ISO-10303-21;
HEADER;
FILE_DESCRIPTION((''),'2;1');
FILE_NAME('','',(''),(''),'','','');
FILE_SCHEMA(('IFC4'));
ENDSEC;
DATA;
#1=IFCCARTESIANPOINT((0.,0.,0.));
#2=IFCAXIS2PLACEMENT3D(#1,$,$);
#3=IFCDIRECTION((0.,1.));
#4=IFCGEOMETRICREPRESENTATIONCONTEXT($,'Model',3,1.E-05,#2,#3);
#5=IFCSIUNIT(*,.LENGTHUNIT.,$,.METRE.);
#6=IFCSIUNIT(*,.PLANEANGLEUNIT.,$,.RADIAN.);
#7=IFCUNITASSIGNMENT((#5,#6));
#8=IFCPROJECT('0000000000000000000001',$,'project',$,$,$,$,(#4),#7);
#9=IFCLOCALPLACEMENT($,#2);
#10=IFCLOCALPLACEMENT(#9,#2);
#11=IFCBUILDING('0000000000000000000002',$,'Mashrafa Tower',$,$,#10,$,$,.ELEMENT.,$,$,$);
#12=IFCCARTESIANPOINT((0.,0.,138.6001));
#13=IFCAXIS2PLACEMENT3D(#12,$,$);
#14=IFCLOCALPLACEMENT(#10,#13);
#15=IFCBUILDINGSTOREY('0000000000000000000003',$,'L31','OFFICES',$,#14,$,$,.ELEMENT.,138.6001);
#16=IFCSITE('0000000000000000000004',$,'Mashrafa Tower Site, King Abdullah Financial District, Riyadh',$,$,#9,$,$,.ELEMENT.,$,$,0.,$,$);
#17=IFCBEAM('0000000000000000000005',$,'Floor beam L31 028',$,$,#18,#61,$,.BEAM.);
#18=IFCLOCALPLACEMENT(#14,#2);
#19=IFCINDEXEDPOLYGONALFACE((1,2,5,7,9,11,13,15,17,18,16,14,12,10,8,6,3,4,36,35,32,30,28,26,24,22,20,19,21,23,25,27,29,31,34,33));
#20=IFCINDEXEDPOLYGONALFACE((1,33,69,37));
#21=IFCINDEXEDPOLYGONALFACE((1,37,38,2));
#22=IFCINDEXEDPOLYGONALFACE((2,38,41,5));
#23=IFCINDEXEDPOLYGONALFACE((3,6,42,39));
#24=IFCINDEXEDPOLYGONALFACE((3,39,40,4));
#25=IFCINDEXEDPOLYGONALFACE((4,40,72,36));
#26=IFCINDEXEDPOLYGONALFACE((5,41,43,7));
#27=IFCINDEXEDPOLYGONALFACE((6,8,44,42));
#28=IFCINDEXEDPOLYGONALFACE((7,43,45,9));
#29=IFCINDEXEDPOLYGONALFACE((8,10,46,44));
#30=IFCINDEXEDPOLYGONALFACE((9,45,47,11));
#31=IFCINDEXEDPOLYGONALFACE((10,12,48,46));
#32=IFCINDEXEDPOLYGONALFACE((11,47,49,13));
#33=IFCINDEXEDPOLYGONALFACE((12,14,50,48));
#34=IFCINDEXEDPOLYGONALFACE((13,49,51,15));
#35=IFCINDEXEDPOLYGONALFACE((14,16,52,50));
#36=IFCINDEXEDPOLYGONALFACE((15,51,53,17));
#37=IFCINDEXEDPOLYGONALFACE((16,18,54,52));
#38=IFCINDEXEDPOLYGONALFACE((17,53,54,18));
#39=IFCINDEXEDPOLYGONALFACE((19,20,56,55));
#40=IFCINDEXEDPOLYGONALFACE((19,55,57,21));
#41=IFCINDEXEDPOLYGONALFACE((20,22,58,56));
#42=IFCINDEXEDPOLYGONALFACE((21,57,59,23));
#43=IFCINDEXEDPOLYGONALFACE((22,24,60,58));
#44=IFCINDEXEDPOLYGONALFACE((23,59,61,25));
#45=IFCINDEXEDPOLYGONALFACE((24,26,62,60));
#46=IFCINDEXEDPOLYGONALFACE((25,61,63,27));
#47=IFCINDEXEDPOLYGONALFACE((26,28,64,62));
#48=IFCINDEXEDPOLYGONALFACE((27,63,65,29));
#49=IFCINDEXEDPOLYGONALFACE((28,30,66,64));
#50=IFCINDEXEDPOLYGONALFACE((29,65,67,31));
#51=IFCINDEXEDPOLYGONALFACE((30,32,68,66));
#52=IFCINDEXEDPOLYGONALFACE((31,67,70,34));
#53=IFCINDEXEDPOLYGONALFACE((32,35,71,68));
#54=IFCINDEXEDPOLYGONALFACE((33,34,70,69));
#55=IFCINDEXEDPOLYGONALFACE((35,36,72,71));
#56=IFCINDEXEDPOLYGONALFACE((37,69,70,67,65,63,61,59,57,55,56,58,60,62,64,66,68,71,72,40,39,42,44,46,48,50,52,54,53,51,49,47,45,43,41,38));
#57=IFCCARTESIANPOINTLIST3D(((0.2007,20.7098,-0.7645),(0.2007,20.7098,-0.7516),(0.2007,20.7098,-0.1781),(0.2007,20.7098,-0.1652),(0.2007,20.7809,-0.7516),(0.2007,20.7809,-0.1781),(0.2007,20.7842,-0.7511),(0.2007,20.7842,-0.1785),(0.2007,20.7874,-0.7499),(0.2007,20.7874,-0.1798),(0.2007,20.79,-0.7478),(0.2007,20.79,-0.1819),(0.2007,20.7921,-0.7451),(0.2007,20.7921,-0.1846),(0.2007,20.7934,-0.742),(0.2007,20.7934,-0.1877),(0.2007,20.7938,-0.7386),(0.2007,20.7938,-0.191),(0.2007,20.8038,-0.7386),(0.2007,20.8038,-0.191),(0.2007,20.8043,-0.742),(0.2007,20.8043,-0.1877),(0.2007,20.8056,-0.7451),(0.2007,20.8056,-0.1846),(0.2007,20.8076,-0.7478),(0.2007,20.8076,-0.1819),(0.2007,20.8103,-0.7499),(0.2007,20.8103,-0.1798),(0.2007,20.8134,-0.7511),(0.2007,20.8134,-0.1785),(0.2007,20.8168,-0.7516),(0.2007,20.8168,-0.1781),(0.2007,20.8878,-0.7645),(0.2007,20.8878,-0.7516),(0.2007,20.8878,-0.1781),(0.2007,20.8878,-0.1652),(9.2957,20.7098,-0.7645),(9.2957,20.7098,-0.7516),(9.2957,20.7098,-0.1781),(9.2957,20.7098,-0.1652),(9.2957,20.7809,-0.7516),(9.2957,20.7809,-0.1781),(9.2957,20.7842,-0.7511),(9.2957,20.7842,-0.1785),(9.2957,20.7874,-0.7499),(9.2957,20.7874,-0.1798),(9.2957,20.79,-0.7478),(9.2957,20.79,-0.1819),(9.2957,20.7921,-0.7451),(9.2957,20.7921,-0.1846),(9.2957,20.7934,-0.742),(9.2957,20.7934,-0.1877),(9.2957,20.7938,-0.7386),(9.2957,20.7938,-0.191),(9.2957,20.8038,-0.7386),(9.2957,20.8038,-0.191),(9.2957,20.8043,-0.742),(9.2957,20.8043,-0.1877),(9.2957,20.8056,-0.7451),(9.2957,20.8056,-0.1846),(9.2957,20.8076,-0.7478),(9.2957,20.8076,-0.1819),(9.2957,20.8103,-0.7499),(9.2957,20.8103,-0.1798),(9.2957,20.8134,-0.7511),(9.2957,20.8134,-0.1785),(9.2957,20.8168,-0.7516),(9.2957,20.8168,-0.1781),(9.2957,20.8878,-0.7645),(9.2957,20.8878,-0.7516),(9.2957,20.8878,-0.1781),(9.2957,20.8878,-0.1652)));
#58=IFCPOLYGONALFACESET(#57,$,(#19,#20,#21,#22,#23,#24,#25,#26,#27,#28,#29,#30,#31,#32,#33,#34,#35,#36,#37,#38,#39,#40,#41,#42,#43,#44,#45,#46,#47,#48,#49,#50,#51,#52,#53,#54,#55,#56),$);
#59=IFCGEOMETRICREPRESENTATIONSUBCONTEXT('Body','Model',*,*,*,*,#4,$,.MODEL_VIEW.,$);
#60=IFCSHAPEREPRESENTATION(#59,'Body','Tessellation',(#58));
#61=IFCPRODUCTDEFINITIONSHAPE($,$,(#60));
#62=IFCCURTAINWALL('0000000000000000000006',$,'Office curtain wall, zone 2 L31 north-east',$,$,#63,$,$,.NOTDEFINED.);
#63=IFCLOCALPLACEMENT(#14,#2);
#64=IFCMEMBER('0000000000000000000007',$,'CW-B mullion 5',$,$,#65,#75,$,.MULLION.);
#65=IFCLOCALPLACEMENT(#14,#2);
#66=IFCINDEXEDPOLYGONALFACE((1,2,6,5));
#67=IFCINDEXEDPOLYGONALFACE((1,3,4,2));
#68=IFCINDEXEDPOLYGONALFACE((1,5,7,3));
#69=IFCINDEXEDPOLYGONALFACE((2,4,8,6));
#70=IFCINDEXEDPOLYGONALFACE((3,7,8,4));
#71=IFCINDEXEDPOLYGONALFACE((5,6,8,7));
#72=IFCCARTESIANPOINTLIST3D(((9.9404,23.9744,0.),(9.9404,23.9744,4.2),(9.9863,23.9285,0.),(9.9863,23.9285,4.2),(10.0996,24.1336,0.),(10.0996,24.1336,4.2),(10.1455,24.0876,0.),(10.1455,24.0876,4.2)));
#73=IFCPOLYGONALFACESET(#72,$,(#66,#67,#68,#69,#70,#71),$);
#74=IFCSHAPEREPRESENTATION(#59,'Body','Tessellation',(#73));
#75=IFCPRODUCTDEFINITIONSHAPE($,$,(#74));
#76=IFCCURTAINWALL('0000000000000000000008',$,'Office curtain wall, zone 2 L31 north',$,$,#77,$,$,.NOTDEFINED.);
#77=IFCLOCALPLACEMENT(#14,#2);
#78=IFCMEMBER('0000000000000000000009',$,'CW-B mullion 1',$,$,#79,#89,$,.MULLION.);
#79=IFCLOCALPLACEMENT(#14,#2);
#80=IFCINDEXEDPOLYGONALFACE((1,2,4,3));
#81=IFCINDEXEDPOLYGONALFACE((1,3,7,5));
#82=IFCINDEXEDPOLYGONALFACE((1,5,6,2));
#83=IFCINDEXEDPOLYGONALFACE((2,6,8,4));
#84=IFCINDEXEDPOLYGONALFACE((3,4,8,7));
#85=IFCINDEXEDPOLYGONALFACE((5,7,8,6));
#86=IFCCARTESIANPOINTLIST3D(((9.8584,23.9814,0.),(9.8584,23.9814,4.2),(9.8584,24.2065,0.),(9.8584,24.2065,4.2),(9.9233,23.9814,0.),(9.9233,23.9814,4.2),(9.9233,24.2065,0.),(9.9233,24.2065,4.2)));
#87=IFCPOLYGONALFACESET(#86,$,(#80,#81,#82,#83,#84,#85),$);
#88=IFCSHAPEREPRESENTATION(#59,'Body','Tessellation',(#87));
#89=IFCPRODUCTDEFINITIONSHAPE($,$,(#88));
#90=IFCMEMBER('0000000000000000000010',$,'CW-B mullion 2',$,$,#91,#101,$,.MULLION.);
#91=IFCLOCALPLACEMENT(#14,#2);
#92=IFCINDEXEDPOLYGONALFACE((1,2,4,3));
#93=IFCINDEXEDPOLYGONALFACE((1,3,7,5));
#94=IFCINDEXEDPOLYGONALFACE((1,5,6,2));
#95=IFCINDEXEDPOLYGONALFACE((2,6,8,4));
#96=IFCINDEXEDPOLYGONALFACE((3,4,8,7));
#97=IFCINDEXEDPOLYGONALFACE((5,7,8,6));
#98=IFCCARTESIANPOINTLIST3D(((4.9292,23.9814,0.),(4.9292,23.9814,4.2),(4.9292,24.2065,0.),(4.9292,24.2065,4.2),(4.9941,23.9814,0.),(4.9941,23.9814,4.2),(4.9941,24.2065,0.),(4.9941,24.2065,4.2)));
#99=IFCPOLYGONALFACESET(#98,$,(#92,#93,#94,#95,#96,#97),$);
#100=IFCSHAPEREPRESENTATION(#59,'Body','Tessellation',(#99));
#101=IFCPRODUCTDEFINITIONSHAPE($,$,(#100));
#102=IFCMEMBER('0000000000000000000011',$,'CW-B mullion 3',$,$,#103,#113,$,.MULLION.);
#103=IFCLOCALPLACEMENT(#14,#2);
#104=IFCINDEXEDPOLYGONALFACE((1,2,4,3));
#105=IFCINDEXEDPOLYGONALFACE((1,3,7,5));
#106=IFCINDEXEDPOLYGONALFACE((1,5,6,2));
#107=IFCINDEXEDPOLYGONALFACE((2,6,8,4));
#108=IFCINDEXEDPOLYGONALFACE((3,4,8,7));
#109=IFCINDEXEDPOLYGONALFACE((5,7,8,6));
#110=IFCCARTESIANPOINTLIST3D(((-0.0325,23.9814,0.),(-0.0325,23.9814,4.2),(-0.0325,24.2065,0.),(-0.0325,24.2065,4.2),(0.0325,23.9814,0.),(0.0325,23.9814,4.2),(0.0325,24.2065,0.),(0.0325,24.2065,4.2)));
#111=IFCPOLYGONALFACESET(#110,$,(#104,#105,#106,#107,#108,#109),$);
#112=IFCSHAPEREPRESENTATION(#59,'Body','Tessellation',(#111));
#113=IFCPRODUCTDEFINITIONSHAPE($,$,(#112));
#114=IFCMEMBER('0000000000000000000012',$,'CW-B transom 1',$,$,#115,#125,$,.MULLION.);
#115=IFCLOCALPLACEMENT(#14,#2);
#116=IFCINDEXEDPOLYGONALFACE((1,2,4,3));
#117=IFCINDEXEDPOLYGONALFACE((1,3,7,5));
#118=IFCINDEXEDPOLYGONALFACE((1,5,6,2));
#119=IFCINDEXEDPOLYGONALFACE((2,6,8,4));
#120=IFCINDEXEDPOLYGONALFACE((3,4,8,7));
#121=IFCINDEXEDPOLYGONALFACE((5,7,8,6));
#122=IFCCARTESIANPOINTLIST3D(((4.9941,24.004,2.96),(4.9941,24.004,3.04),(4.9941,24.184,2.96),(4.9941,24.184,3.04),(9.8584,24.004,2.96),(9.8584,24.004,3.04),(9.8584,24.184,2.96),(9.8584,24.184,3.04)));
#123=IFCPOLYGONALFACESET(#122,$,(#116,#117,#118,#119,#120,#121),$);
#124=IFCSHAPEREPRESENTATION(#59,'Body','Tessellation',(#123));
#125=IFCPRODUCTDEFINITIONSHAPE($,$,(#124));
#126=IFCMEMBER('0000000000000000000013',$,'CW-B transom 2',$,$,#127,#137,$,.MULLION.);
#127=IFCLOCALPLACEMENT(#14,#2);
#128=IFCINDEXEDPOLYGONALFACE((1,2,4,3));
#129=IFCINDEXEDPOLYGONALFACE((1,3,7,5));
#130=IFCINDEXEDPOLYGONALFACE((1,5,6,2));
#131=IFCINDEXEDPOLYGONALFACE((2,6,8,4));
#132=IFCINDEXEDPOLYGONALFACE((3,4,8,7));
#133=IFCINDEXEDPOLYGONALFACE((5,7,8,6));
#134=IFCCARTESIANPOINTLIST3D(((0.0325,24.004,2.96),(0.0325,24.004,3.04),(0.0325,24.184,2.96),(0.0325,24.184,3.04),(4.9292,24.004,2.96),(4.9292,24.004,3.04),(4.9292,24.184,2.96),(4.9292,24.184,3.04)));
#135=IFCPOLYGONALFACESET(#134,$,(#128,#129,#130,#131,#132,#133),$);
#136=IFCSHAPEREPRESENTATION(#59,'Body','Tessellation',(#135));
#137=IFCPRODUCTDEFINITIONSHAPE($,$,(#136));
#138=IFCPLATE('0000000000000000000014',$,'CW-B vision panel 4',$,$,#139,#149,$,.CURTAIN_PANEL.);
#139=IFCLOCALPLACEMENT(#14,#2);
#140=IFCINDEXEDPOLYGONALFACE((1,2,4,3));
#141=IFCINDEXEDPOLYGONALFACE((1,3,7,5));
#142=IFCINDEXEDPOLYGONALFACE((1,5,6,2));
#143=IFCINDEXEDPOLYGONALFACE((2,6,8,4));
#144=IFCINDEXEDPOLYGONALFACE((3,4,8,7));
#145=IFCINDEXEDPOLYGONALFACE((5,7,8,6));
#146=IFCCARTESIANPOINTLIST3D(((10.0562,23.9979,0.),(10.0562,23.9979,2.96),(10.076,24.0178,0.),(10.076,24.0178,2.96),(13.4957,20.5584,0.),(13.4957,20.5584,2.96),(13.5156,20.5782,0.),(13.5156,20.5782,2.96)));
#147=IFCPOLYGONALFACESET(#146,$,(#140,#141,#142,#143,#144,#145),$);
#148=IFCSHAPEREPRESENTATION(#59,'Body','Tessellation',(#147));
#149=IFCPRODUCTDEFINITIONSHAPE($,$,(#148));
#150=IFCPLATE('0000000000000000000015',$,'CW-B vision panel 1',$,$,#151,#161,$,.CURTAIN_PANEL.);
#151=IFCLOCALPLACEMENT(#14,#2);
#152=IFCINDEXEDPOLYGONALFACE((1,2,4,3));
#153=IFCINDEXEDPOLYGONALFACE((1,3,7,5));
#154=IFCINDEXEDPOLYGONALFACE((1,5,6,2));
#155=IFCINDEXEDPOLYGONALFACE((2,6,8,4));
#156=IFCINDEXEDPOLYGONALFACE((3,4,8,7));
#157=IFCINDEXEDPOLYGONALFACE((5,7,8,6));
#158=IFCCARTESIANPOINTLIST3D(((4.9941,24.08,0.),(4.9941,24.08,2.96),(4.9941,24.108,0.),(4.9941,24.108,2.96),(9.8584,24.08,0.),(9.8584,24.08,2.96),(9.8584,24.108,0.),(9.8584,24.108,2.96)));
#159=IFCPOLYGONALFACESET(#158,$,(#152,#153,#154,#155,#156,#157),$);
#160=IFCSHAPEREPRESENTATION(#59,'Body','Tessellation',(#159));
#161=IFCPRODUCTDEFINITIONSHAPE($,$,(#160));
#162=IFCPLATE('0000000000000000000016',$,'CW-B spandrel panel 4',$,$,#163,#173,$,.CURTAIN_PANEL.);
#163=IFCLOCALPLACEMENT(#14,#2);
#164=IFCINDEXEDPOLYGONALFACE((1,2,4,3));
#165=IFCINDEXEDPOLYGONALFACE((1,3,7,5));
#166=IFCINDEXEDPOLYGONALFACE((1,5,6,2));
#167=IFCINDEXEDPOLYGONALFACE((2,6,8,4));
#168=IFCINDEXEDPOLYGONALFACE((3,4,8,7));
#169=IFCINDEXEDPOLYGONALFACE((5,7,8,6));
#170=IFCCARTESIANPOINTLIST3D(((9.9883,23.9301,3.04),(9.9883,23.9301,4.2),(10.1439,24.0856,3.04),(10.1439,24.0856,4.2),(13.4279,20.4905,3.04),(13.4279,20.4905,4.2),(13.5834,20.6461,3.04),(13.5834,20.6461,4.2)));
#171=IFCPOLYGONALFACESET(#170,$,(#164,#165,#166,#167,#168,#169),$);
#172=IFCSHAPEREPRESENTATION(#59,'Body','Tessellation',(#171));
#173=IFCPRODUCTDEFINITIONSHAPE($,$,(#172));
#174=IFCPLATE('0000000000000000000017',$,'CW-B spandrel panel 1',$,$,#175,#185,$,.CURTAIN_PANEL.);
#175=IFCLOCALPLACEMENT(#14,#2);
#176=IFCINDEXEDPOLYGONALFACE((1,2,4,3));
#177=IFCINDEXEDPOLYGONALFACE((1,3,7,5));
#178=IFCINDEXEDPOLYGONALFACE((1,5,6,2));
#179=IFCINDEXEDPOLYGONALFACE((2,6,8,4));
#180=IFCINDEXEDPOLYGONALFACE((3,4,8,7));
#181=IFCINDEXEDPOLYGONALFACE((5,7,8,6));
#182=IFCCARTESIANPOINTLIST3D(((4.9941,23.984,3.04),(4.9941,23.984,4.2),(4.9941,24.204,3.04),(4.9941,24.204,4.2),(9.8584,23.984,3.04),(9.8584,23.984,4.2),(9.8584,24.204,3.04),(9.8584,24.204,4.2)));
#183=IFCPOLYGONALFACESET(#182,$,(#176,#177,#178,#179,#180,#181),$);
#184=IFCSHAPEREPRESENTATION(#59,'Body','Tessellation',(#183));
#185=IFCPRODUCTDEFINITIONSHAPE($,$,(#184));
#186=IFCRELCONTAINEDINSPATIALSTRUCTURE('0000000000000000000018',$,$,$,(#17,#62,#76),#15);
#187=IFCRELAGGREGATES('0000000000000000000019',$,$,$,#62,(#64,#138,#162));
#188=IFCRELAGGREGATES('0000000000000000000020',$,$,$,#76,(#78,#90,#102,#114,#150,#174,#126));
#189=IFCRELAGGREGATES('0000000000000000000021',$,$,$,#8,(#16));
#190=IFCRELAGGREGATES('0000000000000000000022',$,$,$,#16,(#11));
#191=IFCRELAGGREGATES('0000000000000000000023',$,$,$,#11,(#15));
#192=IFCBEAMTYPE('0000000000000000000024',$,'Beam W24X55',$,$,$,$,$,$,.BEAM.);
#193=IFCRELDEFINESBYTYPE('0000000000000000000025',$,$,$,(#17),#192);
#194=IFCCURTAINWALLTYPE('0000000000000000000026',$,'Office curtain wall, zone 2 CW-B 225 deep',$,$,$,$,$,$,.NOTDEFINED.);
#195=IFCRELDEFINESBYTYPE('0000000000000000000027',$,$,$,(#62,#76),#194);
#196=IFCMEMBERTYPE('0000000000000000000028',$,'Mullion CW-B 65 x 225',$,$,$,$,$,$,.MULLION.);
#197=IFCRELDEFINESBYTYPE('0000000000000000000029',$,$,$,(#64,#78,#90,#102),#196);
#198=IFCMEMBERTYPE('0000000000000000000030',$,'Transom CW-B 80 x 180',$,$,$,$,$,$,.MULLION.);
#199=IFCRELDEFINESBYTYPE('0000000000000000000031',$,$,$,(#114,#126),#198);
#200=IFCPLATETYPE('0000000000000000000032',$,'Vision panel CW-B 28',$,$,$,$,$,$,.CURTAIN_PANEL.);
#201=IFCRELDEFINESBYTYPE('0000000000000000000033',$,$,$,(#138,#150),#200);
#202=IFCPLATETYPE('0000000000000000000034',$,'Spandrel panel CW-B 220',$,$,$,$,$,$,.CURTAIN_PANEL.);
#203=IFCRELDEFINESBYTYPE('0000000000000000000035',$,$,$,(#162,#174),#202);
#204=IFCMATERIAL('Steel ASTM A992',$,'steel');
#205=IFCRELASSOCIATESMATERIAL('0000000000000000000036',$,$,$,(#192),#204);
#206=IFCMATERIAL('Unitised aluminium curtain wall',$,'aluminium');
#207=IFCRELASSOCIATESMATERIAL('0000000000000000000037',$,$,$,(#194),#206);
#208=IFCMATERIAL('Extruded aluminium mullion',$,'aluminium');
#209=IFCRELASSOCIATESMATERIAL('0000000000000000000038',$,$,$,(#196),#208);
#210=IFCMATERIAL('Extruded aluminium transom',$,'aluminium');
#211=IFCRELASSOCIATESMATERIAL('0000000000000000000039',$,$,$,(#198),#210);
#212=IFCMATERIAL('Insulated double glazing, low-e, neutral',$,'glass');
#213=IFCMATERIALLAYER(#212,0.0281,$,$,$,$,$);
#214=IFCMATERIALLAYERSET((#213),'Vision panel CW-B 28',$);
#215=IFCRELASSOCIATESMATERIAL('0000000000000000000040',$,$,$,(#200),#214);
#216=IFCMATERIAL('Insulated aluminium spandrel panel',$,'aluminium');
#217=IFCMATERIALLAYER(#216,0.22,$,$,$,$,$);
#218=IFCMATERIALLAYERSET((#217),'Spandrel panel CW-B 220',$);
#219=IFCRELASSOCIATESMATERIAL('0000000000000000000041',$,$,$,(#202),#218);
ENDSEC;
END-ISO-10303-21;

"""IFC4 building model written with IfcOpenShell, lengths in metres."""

from ifc_helpers import new_model, si_unit, direction, frame, origin, origin_2d, place, context, subcontext, project, spatial, rectangle, i_section, extrude, source, transform, mapped, material, layer, layer_set, material_profile, profile_set, type_object, type_shapes, element, aggregate, save


model = new_model("IFC4")

# Units and contexts
model_context = context("Model", 3, precision=1e-05, world=origin(), true_north=direction((0.0, 1.0)))
body_context = subcontext(model_context, "Body", "Model", "MODEL_VIEW")
ifc_project = project(units=[si_unit("LENGTHUNIT", "METRE"), si_unit("PLANEANGLEUNIT", "RADIAN")], contexts=[model_context])

# Site, building, storey
site_placement = place(None, origin())
site = spatial("IfcSite", under=ifc_project, at=site_placement, Name="Mashrafa Tower Site, King Abdullah Financial District, Riyadh", CompositionType="ELEMENT", RefElevation=0.0)
building_placement = place(site_placement, origin())
building = spatial("IfcBuilding", under=site, at=building_placement, Name="Mashrafa Tower", CompositionType="ELEMENT")
storey_placement = place(building_placement, frame((0.0, 0.0, 138.6001)))
storey = spatial("IfcBuildingStorey", under=building, at=storey_placement, Name="L31", Description="OFFICES", CompositionType="ELEMENT", Elevation=138.6001)

# Beam
ifc_material_1 = material(Name="Steel ASTM A992", Category="steel")
ifc_material_profile_1 = material_profile(ifc_material_1, i_section(OverallWidth=0.178, OverallDepth=0.5994, WebThickness=0.01, FlangeThickness=0.0129, FilletRadius=0.0129, at=origin_2d()), Name="W24X55")
ifc_profile_set_1 = profile_set([ifc_material_profile_1], Name="Steel ASTM A992")
beam_type_1 = type_object("IfcBeamType", Name="Beam W24X55", PredefinedType="BEAM", material=ifc_profile_set_1)
beam_1_placement = place(storey_placement, frame((0.2007, 20.7988, -0.4648), z_axis=(1.0, 0.0, 0.0), x_axis=(0.0, 1.0, 0.0)))
element("IfcBeam", 1, at=beam_1_placement, inside=storey, type_object=beam_type_1, Name="Floor beam L31 028", PredefinedType="BEAM", context=body_context, shape_type="SweptSolid", body=[
    extrude(i_section(OverallWidth=0.178, OverallDepth=0.5994, WebThickness=0.01, FlangeThickness=0.0129, FilletRadius=0.0129, at=origin_2d()), origin(), (0.0, 0.0, 1.0), 9.095),
])

# Curtain wall, member
ifc_material_2 = material(Name="Unitised aluminium curtain wall", Category="aluminium")
curtain_wall_type = type_object("IfcCurtainWallType", Name="Office curtain wall, zone 2 CW-B 225 deep", PredefinedType="NOTDEFINED", material=ifc_material_2)
curtain_wall_1_placement = place(storey_placement, origin())
curtain_wall_1 = element("IfcCurtainWall", 2, at=curtain_wall_1_placement, inside=storey, type_object=curtain_wall_type, Name="Office curtain wall, zone 2 L31 north-east", PredefinedType="NOTDEFINED")
ifc_material_3 = material(Name="Extruded aluminium mullion", Category="aluminium")
ifc_material_profile_2 = material_profile(ifc_material_3, rectangle(XDim=0.2251, YDim=0.0649, at=origin_2d()), Name="Mullion 65x225")
ifc_profile_set_2 = profile_set([ifc_material_profile_2], Name="Extruded aluminium mullion")
member_type_1 = type_object("IfcMemberType", Name="Mullion CW-B 65 x 225", PredefinedType="MULLION", material=ifc_profile_set_2)
shared_shape_1 = source(origin(), body_context, "Body", "SweptSolid", [
    extrude(rectangle(XDim=0.2251, YDim=0.0649, at=origin_2d()), origin(), (0.0, 0.0, 1.0), 4.2),
])
type_shapes(member_type_1, [shared_shape_1])
member_1_placement = place(storey_placement, frame((10.043, 24.031, 0.0), z_axis=(0.0, 0.0, 1.0), x_axis=(-0.707107, -0.707107, 0.0)))
member_1 = element("IfcMember", 3, at=member_1_placement, type_object=member_type_1, Name="CW-B mullion 5", PredefinedType="MULLION", context=body_context, shape_type="MappedRepresentation", body=[
    mapped(shared_shape_1, transform((0.0, 0.0, 0.0))),
])

# Curtain wall, members
curtain_wall_2_placement = place(storey_placement, origin())
curtain_wall_2 = element("IfcCurtainWall", 4, at=curtain_wall_2_placement, inside=storey, type_object=curtain_wall_type, Name="Office curtain wall, zone 2 L31 north", PredefinedType="NOTDEFINED")
member_2_placement = place(storey_placement, frame((9.8909, 24.094, 0.0), z_axis=(0.0, 0.0, 1.0), x_axis=(0.0, -1.0, 0.0)))
member_2 = element("IfcMember", 5, at=member_2_placement, type_object=member_type_1, Name="CW-B mullion 1", PredefinedType="MULLION", context=body_context, shape_type="MappedRepresentation", body=[
    mapped(shared_shape_1, transform((0.0, 0.0, 0.0))),
])
member_3_placement = place(storey_placement, frame((4.9617, 24.094, 0.0), z_axis=(0.0, 0.0, 1.0), x_axis=(0.0, -1.0, 0.0)))
member_3 = element("IfcMember", 6, at=member_3_placement, type_object=member_type_1, Name="CW-B mullion 2", PredefinedType="MULLION", context=body_context, shape_type="MappedRepresentation", body=[
    mapped(shared_shape_1, transform((0.0, 0.0, 0.0))),
])
member_4_placement = place(storey_placement, frame((0.0, 24.094, 0.0), z_axis=(0.0, 0.0, 1.0), x_axis=(0.0, -1.0, 0.0)))
member_4 = element("IfcMember", 7, at=member_4_placement, type_object=member_type_1, Name="CW-B mullion 3", PredefinedType="MULLION", context=body_context, shape_type="MappedRepresentation", body=[
    mapped(shared_shape_1, transform((0.0, 0.0, 0.0))),
])
ifc_material_4 = material(Name="Extruded aluminium transom", Category="aluminium")
ifc_material_profile_3 = material_profile(ifc_material_4, rectangle(XDim=0.1799, YDim=0.0801, at=origin_2d()), Name="Transom 80x180")
ifc_profile_set_3 = profile_set([ifc_material_profile_3], Name="Extruded aluminium transom")
member_type_2 = type_object("IfcMemberType", Name="Transom CW-B 80 x 180", PredefinedType="MULLION", material=ifc_profile_set_3)
shared_shape_2 = source(origin(), body_context, "Body", "SweptSolid", [
    extrude(rectangle(XDim=0.1799, YDim=0.0801, at=origin_2d()), origin(), (0.0, 0.0, 1.0), 4.8643),
])
member_5_placement = place(storey_placement, frame((9.8584, 24.094, 3.0), z_axis=(-1.0, 0.0, 0.0), x_axis=(0.0, -1.0, 0.0)))
member_5 = element("IfcMember", 8, at=member_5_placement, type_object=member_type_2, Name="CW-B transom 1", PredefinedType="MULLION", context=body_context, shape_type="MappedRepresentation", body=[
    mapped(shared_shape_2, transform((0.0, 0.0, 0.0))),
])
shared_shape_3 = source(origin(), body_context, "Body", "SweptSolid", [
    extrude(rectangle(XDim=0.1799, YDim=0.0801, at=origin_2d()), origin(), (0.0, 0.0, 1.0), 4.8967),
])
type_shapes(member_type_2, [shared_shape_2, shared_shape_3])
member_6_placement = place(storey_placement, frame((4.9292, 24.094, 3.0), z_axis=(-1.0, 0.0, 0.0), x_axis=(0.0, -1.0, 0.0)))
member_6 = element("IfcMember", 9, at=member_6_placement, type_object=member_type_2, Name="CW-B transom 2", PredefinedType="MULLION", context=body_context, shape_type="MappedRepresentation", body=[
    mapped(shared_shape_3, transform((0.0, 0.0, 0.0))),
])

# Plates
ifc_material_5 = material(Name="Insulated double glazing, low-e, neutral", Category="glass")
ifc_layer_1 = layer(ifc_material_5, 0.0281)
ifc_layer_set_1 = layer_set([ifc_layer_1], Name="Vision panel CW-B 28")
plate_type_1 = type_object("IfcPlateType", Name="Vision panel CW-B 28", PredefinedType="CURTAIN_PANEL", material=ifc_layer_set_1)
shared_shape_4 = source(origin(), body_context, "Body", "SweptSolid", [
    extrude(rectangle(XDim=4.8643, YDim=0.0281, at=origin_2d()), origin(), (0.0, 0.0, 1.0), 2.96),
])
plate_1_placement = place(storey_placement, frame((11.7859, 22.2881, 0.0), z_axis=(0.0, 0.0, 1.0), x_axis=(-0.707107, 0.707107, 0.0)))
plate_1 = element("IfcPlate", 10, at=plate_1_placement, type_object=plate_type_1, Name="CW-B vision panel 4", PredefinedType="CURTAIN_PANEL", context=body_context, shape_type="MappedRepresentation", body=[
    mapped(shared_shape_4, transform((0.0, 0.0, 0.0))),
])
plate_2_placement = place(storey_placement, frame((7.4263, 24.094, 0.0), z_axis=(0.0, 0.0, 1.0), x_axis=(-1.0, 0.0, 0.0)))
plate_2 = element("IfcPlate", 11, at=plate_2_placement, type_object=plate_type_1, Name="CW-B vision panel 1", PredefinedType="CURTAIN_PANEL", context=body_context, shape_type="MappedRepresentation", body=[
    mapped(shared_shape_4, transform((0.0, 0.0, 0.0))),
])
ifc_material_6 = material(Name="Insulated aluminium spandrel panel", Category="aluminium")
ifc_layer_2 = layer(ifc_material_6, 0.22)
ifc_layer_set_2 = layer_set([ifc_layer_2], Name="Spandrel panel CW-B 220")
plate_type_2 = type_object("IfcPlateType", Name="Spandrel panel CW-B 220", PredefinedType="CURTAIN_PANEL", material=ifc_layer_set_2)
shared_shape_5 = source(origin(), body_context, "Body", "SweptSolid", [
    extrude(rectangle(XDim=4.8643, YDim=0.22, at=origin_2d()), origin(), (0.0, 0.0, 1.0), 1.1599),
])
plate_3_placement = place(storey_placement, frame((11.7859, 22.2881, 3.04), z_axis=(0.0, 0.0, 1.0), x_axis=(-0.707107, 0.707107, 0.0)))
plate_3 = element("IfcPlate", 12, at=plate_3_placement, type_object=plate_type_2, Name="CW-B spandrel panel 4", PredefinedType="CURTAIN_PANEL", context=body_context, shape_type="MappedRepresentation", body=[
    mapped(shared_shape_5, transform((0.0, 0.0, 0.0))),
])
aggregate(curtain_wall_1, [member_1, plate_1, plate_3])
plate_4_placement = place(storey_placement, frame((7.4263, 24.094, 3.04), z_axis=(0.0, 0.0, 1.0), x_axis=(-1.0, 0.0, 0.0)))
plate_4 = element("IfcPlate", 13, at=plate_4_placement, type_object=plate_type_2, Name="CW-B spandrel panel 1", PredefinedType="CURTAIN_PANEL", context=body_context, shape_type="MappedRepresentation", body=[
    mapped(shared_shape_5, transform((0.0, 0.0, 0.0))),
])
aggregate(curtain_wall_2, [member_2, member_3, member_4, member_5, plate_2, plate_4, member_6])

save(model, "model.ifc")
